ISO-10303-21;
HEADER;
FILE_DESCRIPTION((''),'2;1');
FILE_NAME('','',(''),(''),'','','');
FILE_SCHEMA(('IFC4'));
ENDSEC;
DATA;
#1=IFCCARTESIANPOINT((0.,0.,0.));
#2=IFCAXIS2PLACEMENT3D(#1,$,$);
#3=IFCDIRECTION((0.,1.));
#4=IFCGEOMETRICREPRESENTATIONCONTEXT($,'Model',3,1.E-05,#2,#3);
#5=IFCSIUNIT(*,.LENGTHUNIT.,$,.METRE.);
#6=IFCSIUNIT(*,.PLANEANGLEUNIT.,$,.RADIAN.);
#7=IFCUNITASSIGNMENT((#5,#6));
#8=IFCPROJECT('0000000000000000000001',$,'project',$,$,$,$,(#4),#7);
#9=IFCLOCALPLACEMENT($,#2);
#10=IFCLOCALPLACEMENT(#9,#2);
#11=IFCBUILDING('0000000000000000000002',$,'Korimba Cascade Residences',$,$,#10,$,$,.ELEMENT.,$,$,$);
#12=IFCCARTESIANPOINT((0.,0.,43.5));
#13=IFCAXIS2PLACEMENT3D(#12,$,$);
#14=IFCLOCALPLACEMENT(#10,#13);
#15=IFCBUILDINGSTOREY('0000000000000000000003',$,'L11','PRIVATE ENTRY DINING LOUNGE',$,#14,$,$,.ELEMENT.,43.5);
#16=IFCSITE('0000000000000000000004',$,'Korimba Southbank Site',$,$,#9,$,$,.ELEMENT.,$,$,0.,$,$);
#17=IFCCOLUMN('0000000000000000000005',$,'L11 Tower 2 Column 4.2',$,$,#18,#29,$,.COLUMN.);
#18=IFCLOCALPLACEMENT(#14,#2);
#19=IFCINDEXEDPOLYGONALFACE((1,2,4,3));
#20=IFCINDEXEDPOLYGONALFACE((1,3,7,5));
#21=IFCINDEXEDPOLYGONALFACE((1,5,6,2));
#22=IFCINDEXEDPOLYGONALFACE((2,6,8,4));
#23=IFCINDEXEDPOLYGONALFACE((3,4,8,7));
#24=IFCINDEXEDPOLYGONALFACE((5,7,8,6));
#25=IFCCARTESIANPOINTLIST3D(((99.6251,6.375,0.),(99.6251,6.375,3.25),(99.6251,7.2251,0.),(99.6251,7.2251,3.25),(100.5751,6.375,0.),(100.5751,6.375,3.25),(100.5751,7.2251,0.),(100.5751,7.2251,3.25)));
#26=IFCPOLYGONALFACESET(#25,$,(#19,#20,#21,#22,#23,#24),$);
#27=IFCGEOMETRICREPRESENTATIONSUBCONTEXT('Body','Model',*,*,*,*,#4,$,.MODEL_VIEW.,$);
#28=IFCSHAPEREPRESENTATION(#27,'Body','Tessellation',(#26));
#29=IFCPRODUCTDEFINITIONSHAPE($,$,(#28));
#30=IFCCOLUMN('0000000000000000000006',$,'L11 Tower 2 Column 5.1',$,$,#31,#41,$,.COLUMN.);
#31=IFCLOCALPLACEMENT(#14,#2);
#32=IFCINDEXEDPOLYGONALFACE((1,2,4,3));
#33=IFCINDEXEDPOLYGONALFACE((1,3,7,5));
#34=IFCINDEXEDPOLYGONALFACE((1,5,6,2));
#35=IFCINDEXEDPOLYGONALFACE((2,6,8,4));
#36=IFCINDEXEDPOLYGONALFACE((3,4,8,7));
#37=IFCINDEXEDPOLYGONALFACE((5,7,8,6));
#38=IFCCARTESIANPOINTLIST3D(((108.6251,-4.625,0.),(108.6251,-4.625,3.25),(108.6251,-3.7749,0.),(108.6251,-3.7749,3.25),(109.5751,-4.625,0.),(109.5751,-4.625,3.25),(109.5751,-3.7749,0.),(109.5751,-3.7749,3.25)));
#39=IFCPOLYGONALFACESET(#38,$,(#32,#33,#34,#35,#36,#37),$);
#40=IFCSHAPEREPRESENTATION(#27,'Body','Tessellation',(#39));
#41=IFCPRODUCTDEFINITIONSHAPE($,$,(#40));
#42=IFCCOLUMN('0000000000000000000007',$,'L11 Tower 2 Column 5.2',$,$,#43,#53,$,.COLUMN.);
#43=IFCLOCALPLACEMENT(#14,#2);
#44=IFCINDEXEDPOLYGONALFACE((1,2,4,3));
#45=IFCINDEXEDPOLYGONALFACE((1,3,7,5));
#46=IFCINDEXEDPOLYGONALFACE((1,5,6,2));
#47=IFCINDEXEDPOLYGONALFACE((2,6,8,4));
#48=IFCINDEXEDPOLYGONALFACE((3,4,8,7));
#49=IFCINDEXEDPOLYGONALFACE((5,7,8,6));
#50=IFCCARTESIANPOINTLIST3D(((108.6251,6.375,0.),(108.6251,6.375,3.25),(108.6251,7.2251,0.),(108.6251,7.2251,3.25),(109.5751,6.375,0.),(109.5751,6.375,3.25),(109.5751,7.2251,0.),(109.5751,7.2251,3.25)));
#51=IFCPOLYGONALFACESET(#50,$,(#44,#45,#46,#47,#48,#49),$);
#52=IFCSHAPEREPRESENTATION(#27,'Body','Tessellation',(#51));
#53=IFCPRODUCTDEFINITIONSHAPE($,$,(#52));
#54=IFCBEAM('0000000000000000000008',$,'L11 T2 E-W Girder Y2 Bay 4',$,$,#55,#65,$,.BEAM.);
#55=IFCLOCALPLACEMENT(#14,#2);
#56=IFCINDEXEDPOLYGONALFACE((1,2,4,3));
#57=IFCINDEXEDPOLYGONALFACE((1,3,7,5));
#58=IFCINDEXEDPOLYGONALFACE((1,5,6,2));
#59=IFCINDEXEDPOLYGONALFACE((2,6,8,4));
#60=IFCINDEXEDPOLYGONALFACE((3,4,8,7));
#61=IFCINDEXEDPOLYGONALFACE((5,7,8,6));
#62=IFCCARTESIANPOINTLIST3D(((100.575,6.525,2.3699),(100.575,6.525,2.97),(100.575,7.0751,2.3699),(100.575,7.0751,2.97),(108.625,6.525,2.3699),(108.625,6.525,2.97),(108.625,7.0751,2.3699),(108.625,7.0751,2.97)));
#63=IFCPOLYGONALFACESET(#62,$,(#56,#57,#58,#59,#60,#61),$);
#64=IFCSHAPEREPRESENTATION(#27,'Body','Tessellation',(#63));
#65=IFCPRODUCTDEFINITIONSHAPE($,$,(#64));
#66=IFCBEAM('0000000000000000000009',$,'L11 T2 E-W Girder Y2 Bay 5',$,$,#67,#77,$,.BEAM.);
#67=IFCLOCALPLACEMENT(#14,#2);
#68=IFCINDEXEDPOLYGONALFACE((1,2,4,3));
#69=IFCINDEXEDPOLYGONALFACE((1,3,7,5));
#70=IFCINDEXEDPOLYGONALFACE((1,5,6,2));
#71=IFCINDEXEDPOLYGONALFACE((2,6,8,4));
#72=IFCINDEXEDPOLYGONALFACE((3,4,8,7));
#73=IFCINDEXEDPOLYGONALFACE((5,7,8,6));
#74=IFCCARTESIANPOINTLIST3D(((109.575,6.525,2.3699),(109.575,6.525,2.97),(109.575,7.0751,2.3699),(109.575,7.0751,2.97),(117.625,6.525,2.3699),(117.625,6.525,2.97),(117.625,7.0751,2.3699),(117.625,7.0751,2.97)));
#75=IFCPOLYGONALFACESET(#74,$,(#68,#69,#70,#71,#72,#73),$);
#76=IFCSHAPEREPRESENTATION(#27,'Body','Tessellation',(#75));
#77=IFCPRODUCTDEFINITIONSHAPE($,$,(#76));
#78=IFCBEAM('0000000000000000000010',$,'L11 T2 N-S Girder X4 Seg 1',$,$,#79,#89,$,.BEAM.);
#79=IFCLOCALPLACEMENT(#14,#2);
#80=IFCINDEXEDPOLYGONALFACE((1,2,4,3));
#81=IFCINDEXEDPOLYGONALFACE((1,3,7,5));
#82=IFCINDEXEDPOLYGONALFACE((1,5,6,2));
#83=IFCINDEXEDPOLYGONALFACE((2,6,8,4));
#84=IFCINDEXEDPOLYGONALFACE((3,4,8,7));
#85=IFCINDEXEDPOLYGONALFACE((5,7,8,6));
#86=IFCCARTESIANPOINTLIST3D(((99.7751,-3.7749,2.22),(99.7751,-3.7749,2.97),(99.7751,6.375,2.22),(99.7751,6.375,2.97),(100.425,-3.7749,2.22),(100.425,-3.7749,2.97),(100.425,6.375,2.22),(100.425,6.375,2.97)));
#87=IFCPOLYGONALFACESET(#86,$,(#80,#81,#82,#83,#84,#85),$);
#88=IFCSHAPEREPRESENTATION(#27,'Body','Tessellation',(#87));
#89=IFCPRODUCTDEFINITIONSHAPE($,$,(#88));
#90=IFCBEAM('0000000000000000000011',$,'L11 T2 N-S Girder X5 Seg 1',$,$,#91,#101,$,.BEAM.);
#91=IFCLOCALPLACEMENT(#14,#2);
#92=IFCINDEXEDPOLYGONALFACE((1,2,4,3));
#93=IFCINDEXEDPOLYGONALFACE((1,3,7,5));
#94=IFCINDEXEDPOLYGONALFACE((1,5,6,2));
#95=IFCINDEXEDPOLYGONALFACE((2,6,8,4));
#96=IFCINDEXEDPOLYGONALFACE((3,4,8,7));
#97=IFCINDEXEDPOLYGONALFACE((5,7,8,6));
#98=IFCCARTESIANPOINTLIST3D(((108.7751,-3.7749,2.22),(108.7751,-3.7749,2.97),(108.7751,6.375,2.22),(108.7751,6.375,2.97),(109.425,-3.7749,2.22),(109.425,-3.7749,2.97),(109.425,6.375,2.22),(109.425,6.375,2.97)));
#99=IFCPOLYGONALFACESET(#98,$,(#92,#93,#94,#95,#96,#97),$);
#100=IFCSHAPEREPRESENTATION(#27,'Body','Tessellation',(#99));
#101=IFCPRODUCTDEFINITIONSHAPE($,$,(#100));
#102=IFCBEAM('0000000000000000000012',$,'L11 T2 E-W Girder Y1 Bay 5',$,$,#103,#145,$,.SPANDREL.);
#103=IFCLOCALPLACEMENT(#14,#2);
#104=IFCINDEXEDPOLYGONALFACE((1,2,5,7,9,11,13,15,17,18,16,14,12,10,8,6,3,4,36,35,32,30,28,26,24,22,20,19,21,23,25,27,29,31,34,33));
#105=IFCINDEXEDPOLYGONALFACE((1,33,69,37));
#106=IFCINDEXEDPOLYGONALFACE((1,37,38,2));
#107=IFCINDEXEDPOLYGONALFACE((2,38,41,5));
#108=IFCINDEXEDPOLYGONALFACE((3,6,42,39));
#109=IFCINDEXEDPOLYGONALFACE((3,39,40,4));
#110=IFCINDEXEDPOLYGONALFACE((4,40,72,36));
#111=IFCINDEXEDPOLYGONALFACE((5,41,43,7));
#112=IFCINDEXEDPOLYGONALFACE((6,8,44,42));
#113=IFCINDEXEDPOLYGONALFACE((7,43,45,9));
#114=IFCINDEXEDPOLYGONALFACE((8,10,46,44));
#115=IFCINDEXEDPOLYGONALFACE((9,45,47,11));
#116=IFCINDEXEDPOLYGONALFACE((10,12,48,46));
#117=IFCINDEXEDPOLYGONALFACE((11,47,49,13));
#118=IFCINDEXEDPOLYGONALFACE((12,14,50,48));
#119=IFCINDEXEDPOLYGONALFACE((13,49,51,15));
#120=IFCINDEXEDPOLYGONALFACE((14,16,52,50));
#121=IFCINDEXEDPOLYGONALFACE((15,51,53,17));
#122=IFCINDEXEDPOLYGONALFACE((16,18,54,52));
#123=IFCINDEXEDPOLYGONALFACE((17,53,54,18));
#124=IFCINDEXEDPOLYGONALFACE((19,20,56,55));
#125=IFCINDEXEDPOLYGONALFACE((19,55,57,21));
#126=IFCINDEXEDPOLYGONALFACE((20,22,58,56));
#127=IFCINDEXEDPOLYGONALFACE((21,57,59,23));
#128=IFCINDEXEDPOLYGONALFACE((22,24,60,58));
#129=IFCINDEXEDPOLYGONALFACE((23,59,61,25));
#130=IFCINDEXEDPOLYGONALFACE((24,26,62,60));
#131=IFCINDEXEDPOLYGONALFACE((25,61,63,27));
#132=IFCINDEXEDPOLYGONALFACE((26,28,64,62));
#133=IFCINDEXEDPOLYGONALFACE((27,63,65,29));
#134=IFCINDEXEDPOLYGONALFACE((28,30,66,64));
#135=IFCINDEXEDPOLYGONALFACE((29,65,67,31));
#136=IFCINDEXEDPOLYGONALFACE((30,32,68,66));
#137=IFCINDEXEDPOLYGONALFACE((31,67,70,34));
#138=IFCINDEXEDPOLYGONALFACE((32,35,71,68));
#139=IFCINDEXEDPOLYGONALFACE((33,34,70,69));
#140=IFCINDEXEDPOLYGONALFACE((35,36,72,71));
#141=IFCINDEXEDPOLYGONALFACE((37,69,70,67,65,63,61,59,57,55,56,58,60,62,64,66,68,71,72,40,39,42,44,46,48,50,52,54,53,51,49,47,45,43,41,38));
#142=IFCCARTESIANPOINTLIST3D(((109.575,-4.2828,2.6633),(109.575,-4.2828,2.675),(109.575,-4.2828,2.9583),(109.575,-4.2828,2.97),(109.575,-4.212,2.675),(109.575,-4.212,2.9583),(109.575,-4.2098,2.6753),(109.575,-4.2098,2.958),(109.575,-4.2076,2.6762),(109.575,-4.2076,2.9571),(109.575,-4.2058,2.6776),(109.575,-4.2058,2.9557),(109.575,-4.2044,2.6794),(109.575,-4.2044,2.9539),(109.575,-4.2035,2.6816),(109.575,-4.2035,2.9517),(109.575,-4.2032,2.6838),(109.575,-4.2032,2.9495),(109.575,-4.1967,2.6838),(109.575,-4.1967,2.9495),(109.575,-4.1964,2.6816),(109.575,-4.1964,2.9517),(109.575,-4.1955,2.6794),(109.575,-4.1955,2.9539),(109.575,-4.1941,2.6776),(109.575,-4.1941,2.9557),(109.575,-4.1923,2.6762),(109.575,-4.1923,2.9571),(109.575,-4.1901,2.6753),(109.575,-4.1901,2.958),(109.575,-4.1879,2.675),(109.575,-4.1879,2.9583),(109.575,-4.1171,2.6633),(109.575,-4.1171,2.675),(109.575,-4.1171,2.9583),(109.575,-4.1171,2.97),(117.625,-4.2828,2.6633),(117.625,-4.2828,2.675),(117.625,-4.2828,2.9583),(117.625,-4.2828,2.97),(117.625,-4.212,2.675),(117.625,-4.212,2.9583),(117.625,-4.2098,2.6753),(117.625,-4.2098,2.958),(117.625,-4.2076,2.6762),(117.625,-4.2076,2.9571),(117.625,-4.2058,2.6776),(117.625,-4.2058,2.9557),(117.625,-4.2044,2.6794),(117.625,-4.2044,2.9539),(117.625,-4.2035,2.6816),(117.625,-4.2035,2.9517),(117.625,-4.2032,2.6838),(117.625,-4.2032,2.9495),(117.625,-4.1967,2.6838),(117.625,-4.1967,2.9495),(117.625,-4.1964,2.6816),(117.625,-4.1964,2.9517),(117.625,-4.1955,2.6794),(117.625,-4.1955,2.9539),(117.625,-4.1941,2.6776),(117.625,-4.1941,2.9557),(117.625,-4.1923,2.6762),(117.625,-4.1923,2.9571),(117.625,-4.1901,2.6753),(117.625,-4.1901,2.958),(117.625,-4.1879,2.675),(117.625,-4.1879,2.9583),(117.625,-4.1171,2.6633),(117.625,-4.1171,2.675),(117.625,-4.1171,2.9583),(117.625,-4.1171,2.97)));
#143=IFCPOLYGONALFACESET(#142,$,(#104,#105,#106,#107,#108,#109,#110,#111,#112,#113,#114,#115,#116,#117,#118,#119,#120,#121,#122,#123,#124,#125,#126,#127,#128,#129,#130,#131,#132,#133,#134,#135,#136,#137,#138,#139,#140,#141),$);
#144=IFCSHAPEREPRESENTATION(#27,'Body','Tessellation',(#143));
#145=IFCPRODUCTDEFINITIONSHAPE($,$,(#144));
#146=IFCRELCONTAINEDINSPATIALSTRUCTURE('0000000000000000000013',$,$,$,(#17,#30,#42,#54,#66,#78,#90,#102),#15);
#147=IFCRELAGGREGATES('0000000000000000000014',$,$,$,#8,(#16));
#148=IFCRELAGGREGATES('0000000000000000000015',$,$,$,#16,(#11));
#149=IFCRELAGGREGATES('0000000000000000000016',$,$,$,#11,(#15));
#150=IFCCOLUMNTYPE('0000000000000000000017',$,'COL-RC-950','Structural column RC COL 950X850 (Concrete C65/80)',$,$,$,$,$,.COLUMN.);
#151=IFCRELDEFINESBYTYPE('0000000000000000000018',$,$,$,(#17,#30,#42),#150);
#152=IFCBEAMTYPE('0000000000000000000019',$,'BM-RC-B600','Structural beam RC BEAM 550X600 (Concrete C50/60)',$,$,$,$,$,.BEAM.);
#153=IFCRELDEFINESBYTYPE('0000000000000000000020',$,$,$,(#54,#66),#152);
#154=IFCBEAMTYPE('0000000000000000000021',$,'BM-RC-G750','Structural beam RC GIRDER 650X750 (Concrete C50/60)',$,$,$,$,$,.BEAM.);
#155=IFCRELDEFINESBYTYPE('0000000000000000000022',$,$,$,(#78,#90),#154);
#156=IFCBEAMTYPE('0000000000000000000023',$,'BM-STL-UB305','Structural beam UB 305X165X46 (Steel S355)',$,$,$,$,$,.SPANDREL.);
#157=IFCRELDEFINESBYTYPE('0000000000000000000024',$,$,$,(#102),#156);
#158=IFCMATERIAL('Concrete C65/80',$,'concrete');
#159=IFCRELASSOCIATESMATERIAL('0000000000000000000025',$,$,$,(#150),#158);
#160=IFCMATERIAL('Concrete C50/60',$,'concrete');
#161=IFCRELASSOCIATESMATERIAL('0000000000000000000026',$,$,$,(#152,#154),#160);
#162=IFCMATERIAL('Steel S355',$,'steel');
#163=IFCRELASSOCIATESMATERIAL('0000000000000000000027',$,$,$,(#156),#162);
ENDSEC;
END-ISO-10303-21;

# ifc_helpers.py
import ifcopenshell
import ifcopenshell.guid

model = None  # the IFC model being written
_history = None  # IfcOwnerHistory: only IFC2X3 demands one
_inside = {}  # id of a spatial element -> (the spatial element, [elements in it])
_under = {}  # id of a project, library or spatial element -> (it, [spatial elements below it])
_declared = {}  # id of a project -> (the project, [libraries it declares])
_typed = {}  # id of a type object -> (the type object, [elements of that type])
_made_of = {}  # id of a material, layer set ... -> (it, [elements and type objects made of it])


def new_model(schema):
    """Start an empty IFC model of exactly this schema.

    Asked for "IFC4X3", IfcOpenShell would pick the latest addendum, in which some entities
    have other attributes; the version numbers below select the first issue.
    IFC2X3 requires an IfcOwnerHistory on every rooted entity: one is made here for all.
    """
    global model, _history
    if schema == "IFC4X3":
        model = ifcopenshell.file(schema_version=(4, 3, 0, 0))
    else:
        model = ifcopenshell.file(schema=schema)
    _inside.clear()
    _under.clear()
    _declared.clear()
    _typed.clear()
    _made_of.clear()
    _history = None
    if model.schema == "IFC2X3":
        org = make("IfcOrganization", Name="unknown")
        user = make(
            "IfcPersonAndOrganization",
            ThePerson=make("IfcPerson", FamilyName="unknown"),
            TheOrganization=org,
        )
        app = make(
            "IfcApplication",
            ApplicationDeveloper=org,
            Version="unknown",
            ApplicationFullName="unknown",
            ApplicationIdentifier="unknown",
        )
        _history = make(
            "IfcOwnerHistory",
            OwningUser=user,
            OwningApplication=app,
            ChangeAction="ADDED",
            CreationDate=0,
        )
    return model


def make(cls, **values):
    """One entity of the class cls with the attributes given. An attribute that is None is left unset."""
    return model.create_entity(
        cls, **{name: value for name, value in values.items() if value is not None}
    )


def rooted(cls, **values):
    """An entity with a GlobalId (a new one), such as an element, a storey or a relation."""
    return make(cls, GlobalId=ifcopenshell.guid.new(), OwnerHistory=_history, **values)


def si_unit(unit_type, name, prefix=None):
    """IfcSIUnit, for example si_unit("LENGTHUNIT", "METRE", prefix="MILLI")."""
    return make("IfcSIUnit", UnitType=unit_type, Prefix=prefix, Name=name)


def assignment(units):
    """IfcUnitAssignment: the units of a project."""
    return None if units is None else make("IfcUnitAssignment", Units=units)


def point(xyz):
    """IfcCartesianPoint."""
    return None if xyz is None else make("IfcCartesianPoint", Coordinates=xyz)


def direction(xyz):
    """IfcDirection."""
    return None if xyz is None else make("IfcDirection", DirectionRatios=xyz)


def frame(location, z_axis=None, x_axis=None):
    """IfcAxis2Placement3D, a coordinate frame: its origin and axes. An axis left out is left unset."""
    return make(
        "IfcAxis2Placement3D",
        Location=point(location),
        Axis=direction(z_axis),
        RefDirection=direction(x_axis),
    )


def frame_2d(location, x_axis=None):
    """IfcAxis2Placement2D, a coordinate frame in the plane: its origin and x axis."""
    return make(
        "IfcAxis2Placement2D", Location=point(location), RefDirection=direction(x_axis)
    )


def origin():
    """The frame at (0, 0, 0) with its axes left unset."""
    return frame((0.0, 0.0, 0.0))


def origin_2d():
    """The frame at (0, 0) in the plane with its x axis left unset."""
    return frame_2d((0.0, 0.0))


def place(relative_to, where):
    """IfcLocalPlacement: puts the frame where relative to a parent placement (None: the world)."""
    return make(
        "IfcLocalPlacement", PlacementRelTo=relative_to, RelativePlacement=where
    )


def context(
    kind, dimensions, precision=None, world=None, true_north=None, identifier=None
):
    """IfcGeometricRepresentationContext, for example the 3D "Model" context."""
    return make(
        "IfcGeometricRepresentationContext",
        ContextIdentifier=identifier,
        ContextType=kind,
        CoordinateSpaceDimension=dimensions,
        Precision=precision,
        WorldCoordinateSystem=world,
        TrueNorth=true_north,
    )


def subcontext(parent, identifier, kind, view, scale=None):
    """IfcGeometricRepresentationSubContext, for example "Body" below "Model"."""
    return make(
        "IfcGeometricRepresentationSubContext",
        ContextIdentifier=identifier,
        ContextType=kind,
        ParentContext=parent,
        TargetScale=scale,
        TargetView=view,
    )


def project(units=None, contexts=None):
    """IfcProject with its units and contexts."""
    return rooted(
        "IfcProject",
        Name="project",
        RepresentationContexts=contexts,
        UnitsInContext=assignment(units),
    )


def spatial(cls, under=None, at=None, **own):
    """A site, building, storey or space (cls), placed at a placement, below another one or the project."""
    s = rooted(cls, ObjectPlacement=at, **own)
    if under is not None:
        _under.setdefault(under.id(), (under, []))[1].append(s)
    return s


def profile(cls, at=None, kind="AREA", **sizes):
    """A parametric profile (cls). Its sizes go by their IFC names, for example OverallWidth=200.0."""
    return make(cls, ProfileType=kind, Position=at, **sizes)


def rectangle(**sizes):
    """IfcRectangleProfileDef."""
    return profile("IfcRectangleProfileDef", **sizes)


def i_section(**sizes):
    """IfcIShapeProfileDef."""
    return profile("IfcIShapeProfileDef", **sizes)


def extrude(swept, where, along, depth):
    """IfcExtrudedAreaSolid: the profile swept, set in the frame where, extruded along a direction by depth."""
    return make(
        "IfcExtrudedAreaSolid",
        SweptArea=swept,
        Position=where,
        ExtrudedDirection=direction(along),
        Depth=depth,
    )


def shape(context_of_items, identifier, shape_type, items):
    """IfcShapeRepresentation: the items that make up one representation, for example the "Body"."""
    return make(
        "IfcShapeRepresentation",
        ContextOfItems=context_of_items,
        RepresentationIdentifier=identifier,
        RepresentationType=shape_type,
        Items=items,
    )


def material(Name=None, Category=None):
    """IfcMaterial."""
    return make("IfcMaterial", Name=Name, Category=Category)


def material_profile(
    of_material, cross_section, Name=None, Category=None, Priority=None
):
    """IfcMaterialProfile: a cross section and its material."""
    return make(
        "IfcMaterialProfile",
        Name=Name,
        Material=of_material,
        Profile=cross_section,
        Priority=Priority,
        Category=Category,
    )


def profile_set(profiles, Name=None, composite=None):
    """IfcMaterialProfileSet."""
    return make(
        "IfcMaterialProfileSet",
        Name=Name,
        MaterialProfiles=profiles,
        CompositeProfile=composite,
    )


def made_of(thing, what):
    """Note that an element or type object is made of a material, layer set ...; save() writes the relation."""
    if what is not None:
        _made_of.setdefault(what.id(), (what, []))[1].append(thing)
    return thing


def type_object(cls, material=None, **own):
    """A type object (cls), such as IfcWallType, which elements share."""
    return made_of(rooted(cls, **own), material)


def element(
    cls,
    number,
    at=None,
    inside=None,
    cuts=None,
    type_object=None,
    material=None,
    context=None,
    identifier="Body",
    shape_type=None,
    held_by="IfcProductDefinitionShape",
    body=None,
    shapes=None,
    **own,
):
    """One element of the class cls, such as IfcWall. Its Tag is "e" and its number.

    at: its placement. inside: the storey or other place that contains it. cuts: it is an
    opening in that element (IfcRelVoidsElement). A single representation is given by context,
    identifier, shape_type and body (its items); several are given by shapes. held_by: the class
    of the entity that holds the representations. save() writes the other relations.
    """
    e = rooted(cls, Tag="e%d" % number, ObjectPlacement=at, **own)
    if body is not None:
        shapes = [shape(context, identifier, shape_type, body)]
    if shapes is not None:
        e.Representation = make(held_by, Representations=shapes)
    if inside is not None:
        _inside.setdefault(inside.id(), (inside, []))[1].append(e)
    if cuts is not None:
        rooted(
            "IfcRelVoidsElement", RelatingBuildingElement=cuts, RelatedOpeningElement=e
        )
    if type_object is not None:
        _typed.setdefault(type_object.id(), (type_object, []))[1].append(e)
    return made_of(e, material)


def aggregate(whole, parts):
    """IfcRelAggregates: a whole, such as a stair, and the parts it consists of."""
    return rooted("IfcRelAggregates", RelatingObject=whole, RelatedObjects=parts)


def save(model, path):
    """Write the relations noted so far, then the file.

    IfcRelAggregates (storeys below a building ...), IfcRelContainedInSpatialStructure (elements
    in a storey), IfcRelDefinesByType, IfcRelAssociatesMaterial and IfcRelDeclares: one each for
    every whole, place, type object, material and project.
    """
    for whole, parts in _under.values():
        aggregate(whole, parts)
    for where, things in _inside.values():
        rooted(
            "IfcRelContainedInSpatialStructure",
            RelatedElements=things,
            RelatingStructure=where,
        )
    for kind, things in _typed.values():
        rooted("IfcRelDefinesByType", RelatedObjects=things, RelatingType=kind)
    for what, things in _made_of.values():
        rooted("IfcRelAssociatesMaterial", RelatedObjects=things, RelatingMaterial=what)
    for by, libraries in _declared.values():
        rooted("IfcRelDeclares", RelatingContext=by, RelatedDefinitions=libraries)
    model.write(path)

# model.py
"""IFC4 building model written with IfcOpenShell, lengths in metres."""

from ifc_helpers import new_model, si_unit, direction, frame, origin, origin_2d, place, context, subcontext, project, spatial, rectangle, i_section, extrude, material, material_profile, profile_set, type_object, element, save


model = new_model("IFC4")

# Units and contexts
model_context = context("Model", 3, precision=1e-05, world=origin(), true_north=direction((0.0, 1.0)))
body_context = subcontext(model_context, "Body", "Model", "MODEL_VIEW")
ifc_project = project(units=[si_unit("LENGTHUNIT", "METRE"), si_unit("PLANEANGLEUNIT", "RADIAN")], contexts=[model_context])

# Site, building, storey
site_placement = place(None, origin())
site = spatial("IfcSite", under=ifc_project, at=site_placement, Name="Korimba Southbank Site", CompositionType="ELEMENT", RefElevation=0.0)
building_placement = place(site_placement, origin())
building = spatial("IfcBuilding", under=site, at=building_placement, Name="Korimba Cascade Residences", CompositionType="ELEMENT")
storey_placement = place(building_placement, frame((0.0, 0.0, 43.5)))
storey = spatial("IfcBuildingStorey", under=building, at=storey_placement, Name="L11", Description="PRIVATE ENTRY DINING LOUNGE", CompositionType="ELEMENT", Elevation=43.5)

# Columns
ifc_material_1 = material(Name="Concrete C65/80", Category="concrete")
ifc_material_profile_1 = material_profile(ifc_material_1, rectangle(XDim=0.95, YDim=0.8501, at=origin_2d()), Name="Concrete C65/80")
ifc_profile_set_1 = profile_set([ifc_material_profile_1], Name="Concrete C65/80")
column_type = type_object("IfcColumnType", Name="COL-RC-950", Description="Structural column RC COL 950X850 (Concrete C65/80)", PredefinedType="COLUMN", material=ifc_profile_set_1)
for number, where, z_axis, x_axis, name in (
    (1, (100.1001, 6.8, 0.0), (0.0, 0.0, 1.0), (1.0, 0.0, 0.0), "L11 Tower 2 Column 4.2"),
    (2, (109.1001, -4.2, 0.0), (0.0, 0.0, 1.0), (1.0, 0.0, 0.0), "L11 Tower 2 Column 5.1"),
    (3, (109.1001, 6.8, 0.0), (0.0, 0.0, 1.0), (1.0, 0.0, 0.0), "L11 Tower 2 Column 5.2"),
):
    element("IfcColumn", number, at=place(storey_placement, frame(where, z_axis=z_axis, x_axis=x_axis)), inside=storey, type_object=column_type, Name=name, PredefinedType="COLUMN", context=body_context, shape_type="SweptSolid", body=[
        extrude(rectangle(XDim=0.95, YDim=0.8501, at=origin_2d()), origin(), (0.0, 0.0, 1.0), 3.25),
    ])

# Beams
ifc_material_2 = material(Name="Concrete C50/60", Category="concrete")
ifc_material_profile_2 = material_profile(ifc_material_2, rectangle(XDim=0.55, YDim=0.6001, at=origin_2d()), Name="Concrete C50/60")
ifc_profile_set_2 = profile_set([ifc_material_profile_2], Name="Concrete C50/60")
beam_type_1 = type_object("IfcBeamType", Name="BM-RC-B600", Description="Structural beam RC BEAM 550X600 (Concrete C50/60)", PredefinedType="BEAM", material=ifc_profile_set_2)
for number, where, z_axis, x_axis, name in (
    (4, (100.575, 6.8, 2.6699), (1.0, 0.0, 0.0), (0.0, 1.0, 0.0), "L11 T2 E-W Girder Y2 Bay 4"),
    (5, (109.575, 6.8, 2.6699), (1.0, 0.0, 0.0), (0.0, 1.0, 0.0), "L11 T2 E-W Girder Y2 Bay 5"),
):
    element("IfcBeam", number, at=place(storey_placement, frame(where, z_axis=z_axis, x_axis=x_axis)), inside=storey, type_object=beam_type_1, Name=name, PredefinedType="BEAM", context=body_context, shape_type="SweptSolid", body=[
        extrude(rectangle(XDim=0.55, YDim=0.6001, at=origin_2d()), origin(), (0.0, 0.0, 1.0), 8.05),
    ])
ifc_material_profile_3 = material_profile(ifc_material_2, rectangle(XDim=0.6499, YDim=0.75, at=origin_2d()), Name="Concrete C50/60")
ifc_profile_set_3 = profile_set([ifc_material_profile_3], Name="Concrete C50/60")
beam_type_2 = type_object("IfcBeamType", Name="BM-RC-G750", Description="Structural beam RC GIRDER 650X750 (Concrete C50/60)", PredefinedType="BEAM", material=ifc_profile_set_3)
for number, where, z_axis, x_axis, name in (
    (6, (100.1001, -3.7749, 2.595), (0.0, 1.0, 0.0), (-1.0, 0.0, 0.0), "L11 T2 N-S Girder X4 Seg 1"),
    (7, (109.1001, -3.7749, 2.595), (0.0, 1.0, 0.0), (-1.0, 0.0, 0.0), "L11 T2 N-S Girder X5 Seg 1"),
):
    element("IfcBeam", number, at=place(storey_placement, frame(where, z_axis=z_axis, x_axis=x_axis)), inside=storey, type_object=beam_type_2, Name=name, PredefinedType="BEAM", context=body_context, shape_type="SweptSolid", body=[
        extrude(rectangle(XDim=0.6499, YDim=0.75, at=origin_2d()), origin(), (0.0, 0.0, 1.0), 10.1499),
    ])
ifc_material_3 = material(Name="Steel S355", Category="steel")
ifc_material_profile_4 = material_profile(ifc_material_3, i_section(OverallWidth=0.1658, OverallDepth=0.3066, WebThickness=0.0066, FlangeThickness=0.0117, FilletRadius=0.0088, at=origin_2d()), Name="Steel S355")
ifc_profile_set_4 = profile_set([ifc_material_profile_4], Name="Steel S355")
beam_type_3 = type_object("IfcBeamType", Name="BM-STL-UB305", Description="Structural beam UB 305X165X46 (Steel S355)", PredefinedType="SPANDREL", material=ifc_profile_set_4)
beam_placement = place(storey_placement, frame((109.575, -4.2, 2.8167), z_axis=(1.0, 0.0, 0.0), x_axis=(0.0, 1.0, 0.0)))
element("IfcBeam", 8, at=beam_placement, inside=storey, type_object=beam_type_3, Name="L11 T2 E-W Girder Y1 Bay 5", PredefinedType="SPANDREL", context=body_context, shape_type="SweptSolid", body=[
    extrude(i_section(OverallWidth=0.1658, OverallDepth=0.3066, WebThickness=0.0066, FlangeThickness=0.0117, FilletRadius=0.0088, at=origin_2d()), origin(), (0.0, 0.0, 1.0), 8.05),
])

save(model, "model.ifc")
